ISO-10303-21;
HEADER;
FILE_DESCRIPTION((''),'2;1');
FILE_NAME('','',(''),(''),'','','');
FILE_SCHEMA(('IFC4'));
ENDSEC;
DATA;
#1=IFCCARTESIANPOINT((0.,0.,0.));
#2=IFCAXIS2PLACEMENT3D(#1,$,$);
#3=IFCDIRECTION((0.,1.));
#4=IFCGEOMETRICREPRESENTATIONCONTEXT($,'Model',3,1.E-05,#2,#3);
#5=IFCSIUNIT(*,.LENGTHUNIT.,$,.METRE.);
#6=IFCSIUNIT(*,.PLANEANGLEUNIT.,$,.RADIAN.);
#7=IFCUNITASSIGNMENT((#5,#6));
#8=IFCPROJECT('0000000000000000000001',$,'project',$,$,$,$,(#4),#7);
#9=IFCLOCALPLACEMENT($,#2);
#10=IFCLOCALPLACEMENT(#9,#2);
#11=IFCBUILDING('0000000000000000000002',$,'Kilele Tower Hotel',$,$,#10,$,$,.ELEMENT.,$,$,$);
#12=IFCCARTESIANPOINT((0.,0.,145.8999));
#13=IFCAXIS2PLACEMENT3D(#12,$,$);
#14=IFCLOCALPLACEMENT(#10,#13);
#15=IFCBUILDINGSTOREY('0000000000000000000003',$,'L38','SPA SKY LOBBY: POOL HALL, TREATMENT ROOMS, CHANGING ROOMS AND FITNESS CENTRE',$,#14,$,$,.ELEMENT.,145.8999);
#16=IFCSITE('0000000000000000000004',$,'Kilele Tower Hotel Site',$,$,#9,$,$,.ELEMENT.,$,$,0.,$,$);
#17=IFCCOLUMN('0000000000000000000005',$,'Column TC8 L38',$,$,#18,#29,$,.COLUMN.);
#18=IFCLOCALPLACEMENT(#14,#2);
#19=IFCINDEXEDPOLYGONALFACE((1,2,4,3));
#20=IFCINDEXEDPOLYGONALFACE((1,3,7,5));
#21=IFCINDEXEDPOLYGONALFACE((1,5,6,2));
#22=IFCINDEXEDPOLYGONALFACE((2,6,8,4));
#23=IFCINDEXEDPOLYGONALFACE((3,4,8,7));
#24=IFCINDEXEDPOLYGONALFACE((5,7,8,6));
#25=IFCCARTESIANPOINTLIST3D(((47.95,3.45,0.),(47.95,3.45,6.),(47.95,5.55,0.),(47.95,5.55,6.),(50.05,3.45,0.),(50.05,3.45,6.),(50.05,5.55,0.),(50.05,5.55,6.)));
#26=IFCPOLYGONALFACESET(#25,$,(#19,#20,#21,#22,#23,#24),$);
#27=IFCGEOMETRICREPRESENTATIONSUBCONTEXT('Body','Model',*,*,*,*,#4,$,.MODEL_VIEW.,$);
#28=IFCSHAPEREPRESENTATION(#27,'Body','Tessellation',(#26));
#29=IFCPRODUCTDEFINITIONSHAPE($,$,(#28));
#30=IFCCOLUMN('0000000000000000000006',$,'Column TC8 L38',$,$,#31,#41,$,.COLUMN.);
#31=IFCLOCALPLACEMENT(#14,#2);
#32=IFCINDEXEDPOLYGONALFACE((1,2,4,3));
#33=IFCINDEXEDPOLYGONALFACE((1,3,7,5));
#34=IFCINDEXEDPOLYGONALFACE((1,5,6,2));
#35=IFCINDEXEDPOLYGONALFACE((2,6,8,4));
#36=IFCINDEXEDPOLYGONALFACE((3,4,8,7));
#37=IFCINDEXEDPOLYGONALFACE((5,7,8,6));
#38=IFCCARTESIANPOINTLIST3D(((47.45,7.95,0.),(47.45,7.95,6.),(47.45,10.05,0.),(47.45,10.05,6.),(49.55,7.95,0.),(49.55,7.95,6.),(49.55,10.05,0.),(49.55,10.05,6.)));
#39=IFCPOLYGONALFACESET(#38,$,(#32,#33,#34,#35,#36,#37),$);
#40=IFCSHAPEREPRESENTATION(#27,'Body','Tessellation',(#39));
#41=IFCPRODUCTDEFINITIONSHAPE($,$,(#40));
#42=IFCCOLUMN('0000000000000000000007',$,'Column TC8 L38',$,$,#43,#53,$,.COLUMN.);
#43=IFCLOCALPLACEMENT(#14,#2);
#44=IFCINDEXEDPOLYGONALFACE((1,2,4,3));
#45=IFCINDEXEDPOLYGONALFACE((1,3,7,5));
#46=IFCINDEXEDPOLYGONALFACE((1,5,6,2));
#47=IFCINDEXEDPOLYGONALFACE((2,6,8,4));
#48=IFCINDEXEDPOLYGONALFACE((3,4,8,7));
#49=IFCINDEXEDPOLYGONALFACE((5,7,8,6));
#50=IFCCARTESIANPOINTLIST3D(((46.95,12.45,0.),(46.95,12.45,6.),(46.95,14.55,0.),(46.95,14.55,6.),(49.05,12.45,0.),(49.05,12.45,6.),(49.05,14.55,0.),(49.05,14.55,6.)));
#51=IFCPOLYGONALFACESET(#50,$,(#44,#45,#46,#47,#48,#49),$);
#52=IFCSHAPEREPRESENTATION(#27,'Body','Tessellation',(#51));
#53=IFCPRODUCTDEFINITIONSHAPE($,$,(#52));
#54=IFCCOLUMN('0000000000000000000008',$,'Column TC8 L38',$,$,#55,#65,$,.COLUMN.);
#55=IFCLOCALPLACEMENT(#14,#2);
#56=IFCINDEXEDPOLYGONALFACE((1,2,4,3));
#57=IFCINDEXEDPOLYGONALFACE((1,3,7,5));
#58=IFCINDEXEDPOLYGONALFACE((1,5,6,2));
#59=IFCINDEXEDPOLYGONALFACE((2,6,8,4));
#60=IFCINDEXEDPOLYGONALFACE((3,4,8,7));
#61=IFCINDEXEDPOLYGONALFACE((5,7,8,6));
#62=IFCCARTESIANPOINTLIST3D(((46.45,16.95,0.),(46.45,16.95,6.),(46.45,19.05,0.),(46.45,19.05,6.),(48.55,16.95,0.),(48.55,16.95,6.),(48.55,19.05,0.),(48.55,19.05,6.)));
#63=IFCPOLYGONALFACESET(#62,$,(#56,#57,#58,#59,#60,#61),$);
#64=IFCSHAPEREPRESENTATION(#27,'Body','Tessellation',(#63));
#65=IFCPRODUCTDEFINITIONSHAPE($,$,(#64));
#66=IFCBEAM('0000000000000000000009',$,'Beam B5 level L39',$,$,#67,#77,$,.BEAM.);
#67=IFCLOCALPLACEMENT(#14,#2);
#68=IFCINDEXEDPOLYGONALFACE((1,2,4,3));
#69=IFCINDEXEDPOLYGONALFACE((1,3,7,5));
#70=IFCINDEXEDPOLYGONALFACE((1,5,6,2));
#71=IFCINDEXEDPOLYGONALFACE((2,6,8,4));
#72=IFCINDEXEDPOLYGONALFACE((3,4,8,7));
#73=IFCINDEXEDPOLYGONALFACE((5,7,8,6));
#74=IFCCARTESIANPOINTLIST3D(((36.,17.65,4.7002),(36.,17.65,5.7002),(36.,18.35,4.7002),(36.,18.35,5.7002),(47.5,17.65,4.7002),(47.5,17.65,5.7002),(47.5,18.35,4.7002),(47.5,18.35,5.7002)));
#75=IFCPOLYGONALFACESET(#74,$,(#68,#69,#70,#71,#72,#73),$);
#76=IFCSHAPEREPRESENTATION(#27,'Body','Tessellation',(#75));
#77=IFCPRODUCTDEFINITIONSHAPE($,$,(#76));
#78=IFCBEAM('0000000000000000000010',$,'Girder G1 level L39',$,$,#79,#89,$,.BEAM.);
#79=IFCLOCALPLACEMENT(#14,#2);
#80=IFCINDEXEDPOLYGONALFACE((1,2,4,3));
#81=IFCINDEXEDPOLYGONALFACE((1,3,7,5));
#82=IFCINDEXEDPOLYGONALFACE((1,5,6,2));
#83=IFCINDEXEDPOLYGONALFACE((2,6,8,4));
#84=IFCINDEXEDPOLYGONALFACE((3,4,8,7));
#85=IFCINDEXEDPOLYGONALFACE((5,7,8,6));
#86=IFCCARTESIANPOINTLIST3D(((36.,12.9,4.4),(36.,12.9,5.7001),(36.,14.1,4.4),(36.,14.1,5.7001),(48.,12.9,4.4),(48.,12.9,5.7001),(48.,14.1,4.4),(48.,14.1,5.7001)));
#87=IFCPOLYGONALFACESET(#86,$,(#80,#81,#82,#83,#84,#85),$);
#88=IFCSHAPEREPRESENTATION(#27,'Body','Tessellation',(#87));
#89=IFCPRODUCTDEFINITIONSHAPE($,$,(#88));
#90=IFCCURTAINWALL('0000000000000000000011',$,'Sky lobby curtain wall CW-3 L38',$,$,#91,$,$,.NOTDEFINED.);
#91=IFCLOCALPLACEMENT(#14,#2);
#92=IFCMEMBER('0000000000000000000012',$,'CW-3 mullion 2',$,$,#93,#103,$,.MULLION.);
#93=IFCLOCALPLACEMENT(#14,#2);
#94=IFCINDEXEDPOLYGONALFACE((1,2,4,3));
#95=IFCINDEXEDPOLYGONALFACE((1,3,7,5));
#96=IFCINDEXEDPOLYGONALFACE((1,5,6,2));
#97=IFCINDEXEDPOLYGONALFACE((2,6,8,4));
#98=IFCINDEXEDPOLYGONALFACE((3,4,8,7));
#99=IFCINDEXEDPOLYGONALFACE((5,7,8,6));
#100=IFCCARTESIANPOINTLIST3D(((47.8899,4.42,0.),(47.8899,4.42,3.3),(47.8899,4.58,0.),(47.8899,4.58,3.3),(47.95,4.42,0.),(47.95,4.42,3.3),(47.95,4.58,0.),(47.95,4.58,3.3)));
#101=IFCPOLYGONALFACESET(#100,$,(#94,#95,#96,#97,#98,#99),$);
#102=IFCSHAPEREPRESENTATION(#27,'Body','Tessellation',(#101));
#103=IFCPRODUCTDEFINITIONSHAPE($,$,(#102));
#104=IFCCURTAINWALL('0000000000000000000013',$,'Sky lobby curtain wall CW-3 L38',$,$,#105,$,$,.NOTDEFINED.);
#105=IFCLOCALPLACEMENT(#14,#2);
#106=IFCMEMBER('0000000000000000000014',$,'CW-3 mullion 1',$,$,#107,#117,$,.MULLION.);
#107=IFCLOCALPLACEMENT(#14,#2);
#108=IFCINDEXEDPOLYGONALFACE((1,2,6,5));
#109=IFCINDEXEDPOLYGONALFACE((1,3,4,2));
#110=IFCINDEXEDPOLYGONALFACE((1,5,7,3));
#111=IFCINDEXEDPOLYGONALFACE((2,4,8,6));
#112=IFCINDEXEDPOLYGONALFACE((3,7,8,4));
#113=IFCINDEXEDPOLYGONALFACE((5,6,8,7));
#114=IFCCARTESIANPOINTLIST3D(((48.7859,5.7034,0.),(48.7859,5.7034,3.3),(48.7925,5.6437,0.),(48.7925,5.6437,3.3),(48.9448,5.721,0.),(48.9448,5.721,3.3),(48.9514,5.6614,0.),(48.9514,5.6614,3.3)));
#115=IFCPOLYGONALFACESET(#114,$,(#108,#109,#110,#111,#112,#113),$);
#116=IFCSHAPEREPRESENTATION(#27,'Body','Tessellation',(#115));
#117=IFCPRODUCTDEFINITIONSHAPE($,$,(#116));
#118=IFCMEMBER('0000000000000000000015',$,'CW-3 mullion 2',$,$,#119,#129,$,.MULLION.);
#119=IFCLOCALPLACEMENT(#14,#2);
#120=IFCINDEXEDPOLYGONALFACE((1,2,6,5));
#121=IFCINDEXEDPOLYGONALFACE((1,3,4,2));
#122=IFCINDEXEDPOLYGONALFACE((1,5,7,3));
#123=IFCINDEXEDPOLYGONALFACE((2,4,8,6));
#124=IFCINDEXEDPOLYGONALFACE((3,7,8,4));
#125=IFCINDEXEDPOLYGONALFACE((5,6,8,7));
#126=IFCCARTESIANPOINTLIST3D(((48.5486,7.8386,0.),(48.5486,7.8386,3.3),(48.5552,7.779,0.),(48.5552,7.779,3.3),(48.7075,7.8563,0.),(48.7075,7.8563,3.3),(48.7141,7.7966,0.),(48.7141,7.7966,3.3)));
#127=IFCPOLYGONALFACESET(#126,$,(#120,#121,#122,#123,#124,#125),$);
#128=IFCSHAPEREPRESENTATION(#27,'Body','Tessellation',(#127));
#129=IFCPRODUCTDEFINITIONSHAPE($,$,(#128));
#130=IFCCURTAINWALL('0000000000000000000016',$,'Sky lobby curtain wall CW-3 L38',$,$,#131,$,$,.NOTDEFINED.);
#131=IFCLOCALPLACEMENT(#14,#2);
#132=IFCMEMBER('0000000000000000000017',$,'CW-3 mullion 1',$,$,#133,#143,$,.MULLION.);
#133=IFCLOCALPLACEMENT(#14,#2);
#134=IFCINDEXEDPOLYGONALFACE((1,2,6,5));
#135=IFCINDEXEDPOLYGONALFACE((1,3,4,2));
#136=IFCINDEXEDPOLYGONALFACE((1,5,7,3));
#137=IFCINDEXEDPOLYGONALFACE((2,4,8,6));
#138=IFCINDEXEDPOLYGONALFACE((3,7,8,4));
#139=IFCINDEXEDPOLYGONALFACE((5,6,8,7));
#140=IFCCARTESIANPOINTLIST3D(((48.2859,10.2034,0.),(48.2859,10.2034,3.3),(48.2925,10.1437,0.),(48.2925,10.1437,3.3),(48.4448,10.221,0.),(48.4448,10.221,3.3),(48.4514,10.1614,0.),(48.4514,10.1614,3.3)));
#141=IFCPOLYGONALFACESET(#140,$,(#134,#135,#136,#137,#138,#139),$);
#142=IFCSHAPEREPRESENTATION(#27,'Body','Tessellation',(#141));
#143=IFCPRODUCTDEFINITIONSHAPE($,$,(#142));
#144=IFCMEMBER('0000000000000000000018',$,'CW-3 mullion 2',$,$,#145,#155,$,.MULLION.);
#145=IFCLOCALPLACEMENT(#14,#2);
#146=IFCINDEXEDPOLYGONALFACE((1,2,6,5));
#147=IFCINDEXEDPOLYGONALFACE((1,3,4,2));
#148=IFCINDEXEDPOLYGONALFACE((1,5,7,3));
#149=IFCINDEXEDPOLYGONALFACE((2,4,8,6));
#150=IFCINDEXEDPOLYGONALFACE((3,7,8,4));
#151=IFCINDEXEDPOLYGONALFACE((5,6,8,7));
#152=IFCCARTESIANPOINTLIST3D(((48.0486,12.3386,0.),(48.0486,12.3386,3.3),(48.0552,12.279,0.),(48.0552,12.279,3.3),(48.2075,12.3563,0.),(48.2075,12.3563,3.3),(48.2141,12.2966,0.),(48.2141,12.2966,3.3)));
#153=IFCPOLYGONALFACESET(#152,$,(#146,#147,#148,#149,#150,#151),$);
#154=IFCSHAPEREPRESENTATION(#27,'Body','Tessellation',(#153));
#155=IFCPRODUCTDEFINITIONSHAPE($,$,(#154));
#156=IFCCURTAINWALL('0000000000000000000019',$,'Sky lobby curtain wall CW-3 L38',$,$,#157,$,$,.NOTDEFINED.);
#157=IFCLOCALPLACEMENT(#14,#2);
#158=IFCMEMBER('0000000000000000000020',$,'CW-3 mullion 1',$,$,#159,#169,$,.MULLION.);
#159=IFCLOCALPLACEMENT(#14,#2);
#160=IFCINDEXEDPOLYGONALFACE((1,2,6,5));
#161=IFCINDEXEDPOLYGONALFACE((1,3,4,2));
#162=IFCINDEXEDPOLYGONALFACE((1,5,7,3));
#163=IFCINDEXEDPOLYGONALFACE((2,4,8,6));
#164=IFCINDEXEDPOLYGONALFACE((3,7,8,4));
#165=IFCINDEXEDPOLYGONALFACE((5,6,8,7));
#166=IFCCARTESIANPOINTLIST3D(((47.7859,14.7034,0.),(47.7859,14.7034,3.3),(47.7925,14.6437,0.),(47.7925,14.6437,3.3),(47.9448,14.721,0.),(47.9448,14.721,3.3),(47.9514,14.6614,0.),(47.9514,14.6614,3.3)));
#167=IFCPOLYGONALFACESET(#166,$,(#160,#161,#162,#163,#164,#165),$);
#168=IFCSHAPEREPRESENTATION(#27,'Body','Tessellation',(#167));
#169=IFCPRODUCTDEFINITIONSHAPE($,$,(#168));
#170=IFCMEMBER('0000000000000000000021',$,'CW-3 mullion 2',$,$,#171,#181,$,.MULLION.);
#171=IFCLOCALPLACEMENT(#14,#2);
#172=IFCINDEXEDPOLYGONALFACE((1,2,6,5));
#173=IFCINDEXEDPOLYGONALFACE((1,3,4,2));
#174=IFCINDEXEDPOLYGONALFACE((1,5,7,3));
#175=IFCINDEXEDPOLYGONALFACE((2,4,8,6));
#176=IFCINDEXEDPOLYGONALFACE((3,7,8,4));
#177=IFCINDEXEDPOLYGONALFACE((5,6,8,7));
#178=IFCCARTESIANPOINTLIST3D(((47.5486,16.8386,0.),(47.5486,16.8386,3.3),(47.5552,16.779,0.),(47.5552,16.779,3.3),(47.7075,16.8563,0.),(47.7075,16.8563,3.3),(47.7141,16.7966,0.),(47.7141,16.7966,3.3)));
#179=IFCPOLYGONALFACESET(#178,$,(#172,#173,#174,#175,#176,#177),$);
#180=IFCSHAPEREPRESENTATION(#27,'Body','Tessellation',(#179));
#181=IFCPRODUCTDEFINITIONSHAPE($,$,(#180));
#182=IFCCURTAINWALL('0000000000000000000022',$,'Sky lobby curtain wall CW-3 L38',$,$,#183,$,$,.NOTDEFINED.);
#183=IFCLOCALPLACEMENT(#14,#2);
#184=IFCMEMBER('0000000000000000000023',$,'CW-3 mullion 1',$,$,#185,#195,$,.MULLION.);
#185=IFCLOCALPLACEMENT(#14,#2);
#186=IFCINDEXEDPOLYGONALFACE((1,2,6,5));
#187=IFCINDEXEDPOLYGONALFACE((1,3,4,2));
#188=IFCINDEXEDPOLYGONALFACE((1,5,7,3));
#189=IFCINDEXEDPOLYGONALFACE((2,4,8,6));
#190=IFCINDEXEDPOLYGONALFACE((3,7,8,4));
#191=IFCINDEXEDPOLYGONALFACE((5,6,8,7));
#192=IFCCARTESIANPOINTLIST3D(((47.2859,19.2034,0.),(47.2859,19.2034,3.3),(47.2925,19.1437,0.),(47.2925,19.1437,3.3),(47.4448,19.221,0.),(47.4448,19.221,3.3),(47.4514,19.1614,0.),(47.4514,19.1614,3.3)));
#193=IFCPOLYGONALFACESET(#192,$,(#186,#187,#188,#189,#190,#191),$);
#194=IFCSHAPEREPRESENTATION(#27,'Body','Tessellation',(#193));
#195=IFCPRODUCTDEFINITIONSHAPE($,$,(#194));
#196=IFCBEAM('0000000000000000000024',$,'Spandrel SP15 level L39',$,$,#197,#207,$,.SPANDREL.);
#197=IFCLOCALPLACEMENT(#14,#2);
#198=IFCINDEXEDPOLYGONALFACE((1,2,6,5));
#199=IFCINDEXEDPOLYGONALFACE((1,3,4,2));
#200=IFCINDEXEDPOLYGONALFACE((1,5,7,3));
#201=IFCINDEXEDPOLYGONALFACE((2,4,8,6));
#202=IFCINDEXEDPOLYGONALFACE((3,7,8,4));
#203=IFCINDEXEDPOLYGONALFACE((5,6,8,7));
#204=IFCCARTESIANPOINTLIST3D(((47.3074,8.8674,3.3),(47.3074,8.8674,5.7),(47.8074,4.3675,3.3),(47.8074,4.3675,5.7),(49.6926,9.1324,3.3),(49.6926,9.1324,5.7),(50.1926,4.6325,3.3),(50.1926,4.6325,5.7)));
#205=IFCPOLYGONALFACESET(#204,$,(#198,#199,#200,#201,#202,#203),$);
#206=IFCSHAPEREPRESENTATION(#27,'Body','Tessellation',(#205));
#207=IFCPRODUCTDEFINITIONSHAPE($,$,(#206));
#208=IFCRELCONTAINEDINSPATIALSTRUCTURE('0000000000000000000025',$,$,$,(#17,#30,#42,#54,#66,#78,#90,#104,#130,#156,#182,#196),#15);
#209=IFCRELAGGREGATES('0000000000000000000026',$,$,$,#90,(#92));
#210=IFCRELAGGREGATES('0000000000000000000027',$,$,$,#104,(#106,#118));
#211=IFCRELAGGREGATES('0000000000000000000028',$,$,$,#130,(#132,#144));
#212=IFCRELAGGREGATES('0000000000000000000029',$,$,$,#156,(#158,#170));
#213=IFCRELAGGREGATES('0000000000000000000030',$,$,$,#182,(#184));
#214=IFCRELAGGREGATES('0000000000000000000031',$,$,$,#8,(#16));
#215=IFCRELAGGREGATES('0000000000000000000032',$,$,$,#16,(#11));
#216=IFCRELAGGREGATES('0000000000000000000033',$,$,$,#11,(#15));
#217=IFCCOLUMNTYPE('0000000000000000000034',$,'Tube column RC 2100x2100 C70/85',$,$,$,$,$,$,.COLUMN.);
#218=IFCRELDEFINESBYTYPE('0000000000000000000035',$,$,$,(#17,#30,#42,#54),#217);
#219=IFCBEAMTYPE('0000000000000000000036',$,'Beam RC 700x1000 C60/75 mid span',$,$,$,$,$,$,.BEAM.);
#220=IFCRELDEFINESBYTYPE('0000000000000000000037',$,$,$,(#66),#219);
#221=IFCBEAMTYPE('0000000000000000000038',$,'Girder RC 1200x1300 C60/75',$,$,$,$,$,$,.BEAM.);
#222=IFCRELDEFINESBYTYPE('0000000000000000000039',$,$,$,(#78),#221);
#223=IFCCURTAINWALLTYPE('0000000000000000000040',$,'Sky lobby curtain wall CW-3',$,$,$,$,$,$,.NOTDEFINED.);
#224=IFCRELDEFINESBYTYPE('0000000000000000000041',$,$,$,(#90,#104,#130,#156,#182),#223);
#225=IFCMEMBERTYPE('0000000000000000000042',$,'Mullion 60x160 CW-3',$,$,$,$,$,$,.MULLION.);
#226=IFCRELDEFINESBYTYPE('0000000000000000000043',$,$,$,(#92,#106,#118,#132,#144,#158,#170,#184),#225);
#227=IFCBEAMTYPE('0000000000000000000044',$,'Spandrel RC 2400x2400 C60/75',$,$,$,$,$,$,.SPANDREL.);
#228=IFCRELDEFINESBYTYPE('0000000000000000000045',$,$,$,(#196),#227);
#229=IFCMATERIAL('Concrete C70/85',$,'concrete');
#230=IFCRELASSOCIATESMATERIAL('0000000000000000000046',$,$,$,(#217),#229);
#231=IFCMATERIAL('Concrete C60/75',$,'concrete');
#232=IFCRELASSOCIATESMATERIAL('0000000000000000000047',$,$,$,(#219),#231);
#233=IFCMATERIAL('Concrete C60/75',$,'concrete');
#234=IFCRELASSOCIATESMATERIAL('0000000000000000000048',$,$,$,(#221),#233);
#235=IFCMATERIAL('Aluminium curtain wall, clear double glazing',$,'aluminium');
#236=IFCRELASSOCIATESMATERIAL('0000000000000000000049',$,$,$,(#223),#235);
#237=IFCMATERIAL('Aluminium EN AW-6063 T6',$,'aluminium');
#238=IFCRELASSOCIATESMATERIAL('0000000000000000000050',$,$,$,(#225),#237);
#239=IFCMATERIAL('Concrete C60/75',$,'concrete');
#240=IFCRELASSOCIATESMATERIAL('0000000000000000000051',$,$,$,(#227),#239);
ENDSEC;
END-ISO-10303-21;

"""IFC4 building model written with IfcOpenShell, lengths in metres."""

from ifc_helpers import new_model, si_unit, direction, frame, origin, origin_2d, place, context, subcontext, project, spatial, rectangle, extrude, material, material_profile, profile_set, type_object, element, aggregate, save


model = new_model("IFC4")

# Units and contexts
model_context = context("Model", 3, precision=1e-05, world=origin(), true_north=direction((0.0, 1.0)))
body_context = subcontext(model_context, "Body", "Model", "MODEL_VIEW")
ifc_project = project(units=[si_unit("LENGTHUNIT", "METRE"), si_unit("PLANEANGLEUNIT", "RADIAN")], contexts=[model_context])

# Site, building, storey
site_placement = place(None, origin())
site = spatial("IfcSite", under=ifc_project, at=site_placement, Name="Kilele Tower Hotel Site", CompositionType="ELEMENT", RefElevation=0.0)
building_placement = place(site_placement, origin())
building = spatial("IfcBuilding", under=site, at=building_placement, Name="Kilele Tower Hotel", CompositionType="ELEMENT")
storey_placement = place(building_placement, frame((0.0, 0.0, 145.8999)))
storey = spatial("IfcBuildingStorey", under=building, at=storey_placement, Name="L38", Description="SPA SKY LOBBY: POOL HALL, TREATMENT ROOMS, CHANGING ROOMS AND FITNESS CENTRE", CompositionType="ELEMENT", Elevation=145.8999)

# Columns
ifc_material_1 = material(Name="Concrete C70/85", Category="concrete")
ifc_material_profile_1 = material_profile(ifc_material_1, rectangle(XDim=2.1001, YDim=2.1001, at=origin_2d()))
ifc_profile_set_1 = profile_set([ifc_material_profile_1], Name="Concrete C70/85")
column_type = type_object("IfcColumnType", Name="Tube column RC 2100x2100 C70/85", PredefinedType="COLUMN", material=ifc_profile_set_1)
for number, where, z_axis, x_axis, name in (
    (1, (49.0, 4.5, 0.0), (0.0, 0.0, 1.0), (1.0, 0.0, 0.0), "Column TC8 L38"),
    (2, (48.5, 9.0, 0.0), (0.0, 0.0, 1.0), (1.0, 0.0, 0.0), "Column TC8 L38"),
    (3, (48.0, 13.5, 0.0), (0.0, 0.0, 1.0), (1.0, 0.0, 0.0), "Column TC8 L38"),
    (4, (47.5, 18.0, 0.0), (0.0, 0.0, 1.0), (1.0, 0.0, 0.0), "Column TC8 L38"),
):
    element("IfcColumn", number, at=place(storey_placement, frame(where, z_axis=z_axis, x_axis=x_axis)), inside=storey, type_object=column_type, Name=name, PredefinedType="COLUMN", context=body_context, shape_type="SweptSolid", body=[
        extrude(rectangle(XDim=2.1001, YDim=2.1001, at=origin_2d()), origin(), (0.0, 0.0, 1.0), 6.0),
    ])

# Beams
ifc_material_2 = material(Name="Concrete C60/75", Category="concrete")
ifc_material_profile_2 = material_profile(ifc_material_2, rectangle(XDim=0.7, YDim=1.0, at=origin_2d()))
ifc_profile_set_2 = profile_set([ifc_material_profile_2], Name="Concrete C60/75")
beam_type_1 = type_object("IfcBeamType", Name="Beam RC 700x1000 C60/75 mid span", PredefinedType="BEAM", material=ifc_profile_set_2)
beam_1_placement = place(storey_placement, frame((47.5, 18.0, 5.2002), z_axis=(-1.0, 0.0, 0.0), x_axis=(0.0, -1.0, 0.0)))
element("IfcBeam", 5, at=beam_1_placement, inside=storey, type_object=beam_type_1, Name="Beam B5 level L39", PredefinedType="BEAM", context=body_context, shape_type="SweptSolid", body=[
    extrude(rectangle(XDim=0.7, YDim=1.0, at=origin_2d()), origin(), (0.0, 0.0, 1.0), 11.5),
])
ifc_material_3 = material(Name="Concrete C60/75", Category="concrete")
ifc_material_profile_3 = material_profile(ifc_material_3, rectangle(XDim=1.2, YDim=1.3, at=origin_2d()))
ifc_profile_set_3 = profile_set([ifc_material_profile_3], Name="Concrete C60/75")
beam_type_2 = type_object("IfcBeamType", Name="Girder RC 1200x1300 C60/75", PredefinedType="BEAM", material=ifc_profile_set_3)
beam_2_placement = place(storey_placement, frame((48.0, 13.5, 5.05), z_axis=(-1.0, 0.0, 0.0), x_axis=(0.0, -1.0, 0.0)))
element("IfcBeam", 6, at=beam_2_placement, inside=storey, type_object=beam_type_2, Name="Girder G1 level L39", PredefinedType="BEAM", context=body_context, shape_type="SweptSolid", body=[
    extrude(rectangle(XDim=1.2, YDim=1.3, at=origin_2d()), origin(), (0.0, 0.0, 1.0), 12.0),
])

# Curtain wall, member
ifc_material_4 = material(Name="Aluminium curtain wall, clear double glazing", Category="aluminium")
curtain_wall_type = type_object("IfcCurtainWallType", Name="Sky lobby curtain wall CW-3", PredefinedType="NOTDEFINED", material=ifc_material_4)
curtain_wall_1_placement = place(storey_placement, origin())
curtain_wall_1 = element("IfcCurtainWall", 7, at=curtain_wall_1_placement, inside=storey, type_object=curtain_wall_type, Name="Sky lobby curtain wall CW-3 L38", PredefinedType="NOTDEFINED")
ifc_material_5 = material(Name="Aluminium EN AW-6063 T6", Category="aluminium")
ifc_material_profile_4 = material_profile(ifc_material_5, rectangle(XDim=0.1599, YDim=0.0601, at=origin_2d()))
ifc_profile_set_4 = profile_set([ifc_material_profile_4], Name="Aluminium EN AW-6063 T6")
member_type_1 = type_object("IfcMemberType", Name="Mullion 60x160 CW-3", PredefinedType="MULLION", material=ifc_profile_set_4)
member_1_placement = place(storey_placement, frame((47.9199, 4.5, 0.0), z_axis=(0.0, 0.0, 1.0), x_axis=(0.0, 1.0, 0.0)))
member_1 = element("IfcMember", 8, at=member_1_placement, type_object=member_type_1, Name="CW-3 mullion 2", PredefinedType="MULLION", context=body_context, shape_type="SweptSolid", body=[
    extrude(rectangle(XDim=0.1599, YDim=0.0601, at=origin_2d()), origin(), (0.0, 0.0, 1.0), 3.3),
])
aggregate(curtain_wall_1, [member_1])

# Curtain walls, members
curtain_wall_2_placement = place(storey_placement, origin())
curtain_wall_2 = element("IfcCurtainWall", 9, at=curtain_wall_2_placement, inside=storey, type_object=curtain_wall_type, Name="Sky lobby curtain wall CW-3 L38", PredefinedType="NOTDEFINED")
member_2_placement = place(storey_placement, frame((48.8687, 5.6824, 0.0), z_axis=(0.0, 0.0, 1.0), x_axis=(-0.993884, -0.110432, 0.0)))
member_2 = element("IfcMember", 10, at=member_2_placement, type_object=member_type_1, Name="CW-3 mullion 1", PredefinedType="MULLION", context=body_context, shape_type="SweptSolid", body=[
    extrude(rectangle(XDim=0.1599, YDim=0.0601, at=origin_2d()), origin(), (0.0, 0.0, 1.0), 3.3),
])
member_3_placement = place(storey_placement, frame((48.6313, 7.8176, 0.0), z_axis=(0.0, 0.0, 1.0), x_axis=(-0.993884, -0.110432, 0.0)))
member_3 = element("IfcMember", 11, at=member_3_placement, type_object=member_type_1, Name="CW-3 mullion 2", PredefinedType="MULLION", context=body_context, shape_type="SweptSolid", body=[
    extrude(rectangle(XDim=0.1599, YDim=0.0601, at=origin_2d()), origin(), (0.0, 0.0, 1.0), 3.3),
])
curtain_wall_3_placement = place(storey_placement, origin())
curtain_wall_3 = element("IfcCurtainWall", 12, at=curtain_wall_3_placement, inside=storey, type_object=curtain_wall_type, Name="Sky lobby curtain wall CW-3 L38", PredefinedType="NOTDEFINED")
member_4_placement = place(storey_placement, frame((48.3687, 10.1824, 0.0), z_axis=(0.0, 0.0, 1.0), x_axis=(-0.993884, -0.110432, 0.0)))
member_4 = element("IfcMember", 13, at=member_4_placement, type_object=member_type_1, Name="CW-3 mullion 1", PredefinedType="MULLION", context=body_context, shape_type="SweptSolid", body=[
    extrude(rectangle(XDim=0.1599, YDim=0.0601, at=origin_2d()), origin(), (0.0, 0.0, 1.0), 3.3),
])
member_5_placement = place(storey_placement, frame((48.1313, 12.3176, 0.0), z_axis=(0.0, 0.0, 1.0), x_axis=(-0.993884, -0.110432, 0.0)))
member_5 = element("IfcMember", 14, at=member_5_placement, type_object=member_type_1, Name="CW-3 mullion 2", PredefinedType="MULLION", context=body_context, shape_type="SweptSolid", body=[
    extrude(rectangle(XDim=0.1599, YDim=0.0601, at=origin_2d()), origin(), (0.0, 0.0, 1.0), 3.3),
])
curtain_wall_4_placement = place(storey_placement, origin())
curtain_wall_4 = element("IfcCurtainWall", 15, at=curtain_wall_4_placement, inside=storey, type_object=curtain_wall_type, Name="Sky lobby curtain wall CW-3 L38", PredefinedType="NOTDEFINED")
member_6_placement = place(storey_placement, frame((47.8687, 14.6824, 0.0), z_axis=(0.0, 0.0, 1.0), x_axis=(-0.993884, -0.110432, 0.0)))
member_6 = element("IfcMember", 16, at=member_6_placement, type_object=member_type_1, Name="CW-3 mullion 1", PredefinedType="MULLION", context=body_context, shape_type="SweptSolid", body=[
    extrude(rectangle(XDim=0.1599, YDim=0.0601, at=origin_2d()), origin(), (0.0, 0.0, 1.0), 3.3),
])
member_7_placement = place(storey_placement, frame((47.6313, 16.8176, 0.0), z_axis=(0.0, 0.0, 1.0), x_axis=(-0.993884, -0.110432, 0.0)))
member_7 = element("IfcMember", 17, at=member_7_placement, type_object=member_type_1, Name="CW-3 mullion 2", PredefinedType="MULLION", context=body_context, shape_type="SweptSolid", body=[
    extrude(rectangle(XDim=0.1599, YDim=0.0601, at=origin_2d()), origin(), (0.0, 0.0, 1.0), 3.3),
])

# Curtain wall, member
curtain_wall_5_placement = place(storey_placement, origin())
curtain_wall_5 = element("IfcCurtainWall", 18, at=curtain_wall_5_placement, inside=storey, type_object=curtain_wall_type, Name="Sky lobby curtain wall CW-3 L38", PredefinedType="NOTDEFINED")
member_8_placement = place(storey_placement, frame((47.3687, 19.1824, 0.0), z_axis=(0.0, 0.0, 1.0), x_axis=(-0.993884, -0.110432, 0.0)))
member_8 = element("IfcMember", 19, at=member_8_placement, type_object=member_type_1, Name="CW-3 mullion 1", PredefinedType="MULLION", context=body_context, shape_type="SweptSolid", body=[
    extrude(rectangle(XDim=0.1599, YDim=0.0601, at=origin_2d()), origin(), (0.0, 0.0, 1.0), 3.3),
])

# Beam
ifc_material_6 = material(Name="Concrete C60/75", Category="concrete")
ifc_material_profile_5 = material_profile(ifc_material_6, rectangle(XDim=2.3999, YDim=2.3999, at=origin_2d()))
ifc_profile_set_5 = profile_set([ifc_material_profile_5], Name="Concrete C60/75")
beam_type_3 = type_object("IfcBeamType", Name="Spandrel RC 2400x2400 C60/75", PredefinedType="SPANDREL", material=ifc_profile_set_5)
for number, where, z_axis, x_axis, name in (
    (20, (49.0, 4.5, 4.5), (-0.110432, 0.993884, 0.0), (-0.993884, -0.110432, 0.0), "Spandrel SP15 level L39"),
):
    element("IfcBeam", number, at=place(storey_placement, frame(where, z_axis=z_axis, x_axis=x_axis)), inside=storey, type_object=beam_type_3, Name=name, PredefinedType="SPANDREL", context=body_context, shape_type="SweptSolid", body=[
        extrude(rectangle(XDim=2.3999, YDim=2.3999, at=origin_2d()), origin(), (0.0, 0.0, 1.0), 4.5276),
    ])

aggregate(curtain_wall_2, [member_2, member_3])
aggregate(curtain_wall_3, [member_4, member_5])
aggregate(curtain_wall_4, [member_6, member_7])
aggregate(curtain_wall_5, [member_8])

save(model, "model.ifc")
